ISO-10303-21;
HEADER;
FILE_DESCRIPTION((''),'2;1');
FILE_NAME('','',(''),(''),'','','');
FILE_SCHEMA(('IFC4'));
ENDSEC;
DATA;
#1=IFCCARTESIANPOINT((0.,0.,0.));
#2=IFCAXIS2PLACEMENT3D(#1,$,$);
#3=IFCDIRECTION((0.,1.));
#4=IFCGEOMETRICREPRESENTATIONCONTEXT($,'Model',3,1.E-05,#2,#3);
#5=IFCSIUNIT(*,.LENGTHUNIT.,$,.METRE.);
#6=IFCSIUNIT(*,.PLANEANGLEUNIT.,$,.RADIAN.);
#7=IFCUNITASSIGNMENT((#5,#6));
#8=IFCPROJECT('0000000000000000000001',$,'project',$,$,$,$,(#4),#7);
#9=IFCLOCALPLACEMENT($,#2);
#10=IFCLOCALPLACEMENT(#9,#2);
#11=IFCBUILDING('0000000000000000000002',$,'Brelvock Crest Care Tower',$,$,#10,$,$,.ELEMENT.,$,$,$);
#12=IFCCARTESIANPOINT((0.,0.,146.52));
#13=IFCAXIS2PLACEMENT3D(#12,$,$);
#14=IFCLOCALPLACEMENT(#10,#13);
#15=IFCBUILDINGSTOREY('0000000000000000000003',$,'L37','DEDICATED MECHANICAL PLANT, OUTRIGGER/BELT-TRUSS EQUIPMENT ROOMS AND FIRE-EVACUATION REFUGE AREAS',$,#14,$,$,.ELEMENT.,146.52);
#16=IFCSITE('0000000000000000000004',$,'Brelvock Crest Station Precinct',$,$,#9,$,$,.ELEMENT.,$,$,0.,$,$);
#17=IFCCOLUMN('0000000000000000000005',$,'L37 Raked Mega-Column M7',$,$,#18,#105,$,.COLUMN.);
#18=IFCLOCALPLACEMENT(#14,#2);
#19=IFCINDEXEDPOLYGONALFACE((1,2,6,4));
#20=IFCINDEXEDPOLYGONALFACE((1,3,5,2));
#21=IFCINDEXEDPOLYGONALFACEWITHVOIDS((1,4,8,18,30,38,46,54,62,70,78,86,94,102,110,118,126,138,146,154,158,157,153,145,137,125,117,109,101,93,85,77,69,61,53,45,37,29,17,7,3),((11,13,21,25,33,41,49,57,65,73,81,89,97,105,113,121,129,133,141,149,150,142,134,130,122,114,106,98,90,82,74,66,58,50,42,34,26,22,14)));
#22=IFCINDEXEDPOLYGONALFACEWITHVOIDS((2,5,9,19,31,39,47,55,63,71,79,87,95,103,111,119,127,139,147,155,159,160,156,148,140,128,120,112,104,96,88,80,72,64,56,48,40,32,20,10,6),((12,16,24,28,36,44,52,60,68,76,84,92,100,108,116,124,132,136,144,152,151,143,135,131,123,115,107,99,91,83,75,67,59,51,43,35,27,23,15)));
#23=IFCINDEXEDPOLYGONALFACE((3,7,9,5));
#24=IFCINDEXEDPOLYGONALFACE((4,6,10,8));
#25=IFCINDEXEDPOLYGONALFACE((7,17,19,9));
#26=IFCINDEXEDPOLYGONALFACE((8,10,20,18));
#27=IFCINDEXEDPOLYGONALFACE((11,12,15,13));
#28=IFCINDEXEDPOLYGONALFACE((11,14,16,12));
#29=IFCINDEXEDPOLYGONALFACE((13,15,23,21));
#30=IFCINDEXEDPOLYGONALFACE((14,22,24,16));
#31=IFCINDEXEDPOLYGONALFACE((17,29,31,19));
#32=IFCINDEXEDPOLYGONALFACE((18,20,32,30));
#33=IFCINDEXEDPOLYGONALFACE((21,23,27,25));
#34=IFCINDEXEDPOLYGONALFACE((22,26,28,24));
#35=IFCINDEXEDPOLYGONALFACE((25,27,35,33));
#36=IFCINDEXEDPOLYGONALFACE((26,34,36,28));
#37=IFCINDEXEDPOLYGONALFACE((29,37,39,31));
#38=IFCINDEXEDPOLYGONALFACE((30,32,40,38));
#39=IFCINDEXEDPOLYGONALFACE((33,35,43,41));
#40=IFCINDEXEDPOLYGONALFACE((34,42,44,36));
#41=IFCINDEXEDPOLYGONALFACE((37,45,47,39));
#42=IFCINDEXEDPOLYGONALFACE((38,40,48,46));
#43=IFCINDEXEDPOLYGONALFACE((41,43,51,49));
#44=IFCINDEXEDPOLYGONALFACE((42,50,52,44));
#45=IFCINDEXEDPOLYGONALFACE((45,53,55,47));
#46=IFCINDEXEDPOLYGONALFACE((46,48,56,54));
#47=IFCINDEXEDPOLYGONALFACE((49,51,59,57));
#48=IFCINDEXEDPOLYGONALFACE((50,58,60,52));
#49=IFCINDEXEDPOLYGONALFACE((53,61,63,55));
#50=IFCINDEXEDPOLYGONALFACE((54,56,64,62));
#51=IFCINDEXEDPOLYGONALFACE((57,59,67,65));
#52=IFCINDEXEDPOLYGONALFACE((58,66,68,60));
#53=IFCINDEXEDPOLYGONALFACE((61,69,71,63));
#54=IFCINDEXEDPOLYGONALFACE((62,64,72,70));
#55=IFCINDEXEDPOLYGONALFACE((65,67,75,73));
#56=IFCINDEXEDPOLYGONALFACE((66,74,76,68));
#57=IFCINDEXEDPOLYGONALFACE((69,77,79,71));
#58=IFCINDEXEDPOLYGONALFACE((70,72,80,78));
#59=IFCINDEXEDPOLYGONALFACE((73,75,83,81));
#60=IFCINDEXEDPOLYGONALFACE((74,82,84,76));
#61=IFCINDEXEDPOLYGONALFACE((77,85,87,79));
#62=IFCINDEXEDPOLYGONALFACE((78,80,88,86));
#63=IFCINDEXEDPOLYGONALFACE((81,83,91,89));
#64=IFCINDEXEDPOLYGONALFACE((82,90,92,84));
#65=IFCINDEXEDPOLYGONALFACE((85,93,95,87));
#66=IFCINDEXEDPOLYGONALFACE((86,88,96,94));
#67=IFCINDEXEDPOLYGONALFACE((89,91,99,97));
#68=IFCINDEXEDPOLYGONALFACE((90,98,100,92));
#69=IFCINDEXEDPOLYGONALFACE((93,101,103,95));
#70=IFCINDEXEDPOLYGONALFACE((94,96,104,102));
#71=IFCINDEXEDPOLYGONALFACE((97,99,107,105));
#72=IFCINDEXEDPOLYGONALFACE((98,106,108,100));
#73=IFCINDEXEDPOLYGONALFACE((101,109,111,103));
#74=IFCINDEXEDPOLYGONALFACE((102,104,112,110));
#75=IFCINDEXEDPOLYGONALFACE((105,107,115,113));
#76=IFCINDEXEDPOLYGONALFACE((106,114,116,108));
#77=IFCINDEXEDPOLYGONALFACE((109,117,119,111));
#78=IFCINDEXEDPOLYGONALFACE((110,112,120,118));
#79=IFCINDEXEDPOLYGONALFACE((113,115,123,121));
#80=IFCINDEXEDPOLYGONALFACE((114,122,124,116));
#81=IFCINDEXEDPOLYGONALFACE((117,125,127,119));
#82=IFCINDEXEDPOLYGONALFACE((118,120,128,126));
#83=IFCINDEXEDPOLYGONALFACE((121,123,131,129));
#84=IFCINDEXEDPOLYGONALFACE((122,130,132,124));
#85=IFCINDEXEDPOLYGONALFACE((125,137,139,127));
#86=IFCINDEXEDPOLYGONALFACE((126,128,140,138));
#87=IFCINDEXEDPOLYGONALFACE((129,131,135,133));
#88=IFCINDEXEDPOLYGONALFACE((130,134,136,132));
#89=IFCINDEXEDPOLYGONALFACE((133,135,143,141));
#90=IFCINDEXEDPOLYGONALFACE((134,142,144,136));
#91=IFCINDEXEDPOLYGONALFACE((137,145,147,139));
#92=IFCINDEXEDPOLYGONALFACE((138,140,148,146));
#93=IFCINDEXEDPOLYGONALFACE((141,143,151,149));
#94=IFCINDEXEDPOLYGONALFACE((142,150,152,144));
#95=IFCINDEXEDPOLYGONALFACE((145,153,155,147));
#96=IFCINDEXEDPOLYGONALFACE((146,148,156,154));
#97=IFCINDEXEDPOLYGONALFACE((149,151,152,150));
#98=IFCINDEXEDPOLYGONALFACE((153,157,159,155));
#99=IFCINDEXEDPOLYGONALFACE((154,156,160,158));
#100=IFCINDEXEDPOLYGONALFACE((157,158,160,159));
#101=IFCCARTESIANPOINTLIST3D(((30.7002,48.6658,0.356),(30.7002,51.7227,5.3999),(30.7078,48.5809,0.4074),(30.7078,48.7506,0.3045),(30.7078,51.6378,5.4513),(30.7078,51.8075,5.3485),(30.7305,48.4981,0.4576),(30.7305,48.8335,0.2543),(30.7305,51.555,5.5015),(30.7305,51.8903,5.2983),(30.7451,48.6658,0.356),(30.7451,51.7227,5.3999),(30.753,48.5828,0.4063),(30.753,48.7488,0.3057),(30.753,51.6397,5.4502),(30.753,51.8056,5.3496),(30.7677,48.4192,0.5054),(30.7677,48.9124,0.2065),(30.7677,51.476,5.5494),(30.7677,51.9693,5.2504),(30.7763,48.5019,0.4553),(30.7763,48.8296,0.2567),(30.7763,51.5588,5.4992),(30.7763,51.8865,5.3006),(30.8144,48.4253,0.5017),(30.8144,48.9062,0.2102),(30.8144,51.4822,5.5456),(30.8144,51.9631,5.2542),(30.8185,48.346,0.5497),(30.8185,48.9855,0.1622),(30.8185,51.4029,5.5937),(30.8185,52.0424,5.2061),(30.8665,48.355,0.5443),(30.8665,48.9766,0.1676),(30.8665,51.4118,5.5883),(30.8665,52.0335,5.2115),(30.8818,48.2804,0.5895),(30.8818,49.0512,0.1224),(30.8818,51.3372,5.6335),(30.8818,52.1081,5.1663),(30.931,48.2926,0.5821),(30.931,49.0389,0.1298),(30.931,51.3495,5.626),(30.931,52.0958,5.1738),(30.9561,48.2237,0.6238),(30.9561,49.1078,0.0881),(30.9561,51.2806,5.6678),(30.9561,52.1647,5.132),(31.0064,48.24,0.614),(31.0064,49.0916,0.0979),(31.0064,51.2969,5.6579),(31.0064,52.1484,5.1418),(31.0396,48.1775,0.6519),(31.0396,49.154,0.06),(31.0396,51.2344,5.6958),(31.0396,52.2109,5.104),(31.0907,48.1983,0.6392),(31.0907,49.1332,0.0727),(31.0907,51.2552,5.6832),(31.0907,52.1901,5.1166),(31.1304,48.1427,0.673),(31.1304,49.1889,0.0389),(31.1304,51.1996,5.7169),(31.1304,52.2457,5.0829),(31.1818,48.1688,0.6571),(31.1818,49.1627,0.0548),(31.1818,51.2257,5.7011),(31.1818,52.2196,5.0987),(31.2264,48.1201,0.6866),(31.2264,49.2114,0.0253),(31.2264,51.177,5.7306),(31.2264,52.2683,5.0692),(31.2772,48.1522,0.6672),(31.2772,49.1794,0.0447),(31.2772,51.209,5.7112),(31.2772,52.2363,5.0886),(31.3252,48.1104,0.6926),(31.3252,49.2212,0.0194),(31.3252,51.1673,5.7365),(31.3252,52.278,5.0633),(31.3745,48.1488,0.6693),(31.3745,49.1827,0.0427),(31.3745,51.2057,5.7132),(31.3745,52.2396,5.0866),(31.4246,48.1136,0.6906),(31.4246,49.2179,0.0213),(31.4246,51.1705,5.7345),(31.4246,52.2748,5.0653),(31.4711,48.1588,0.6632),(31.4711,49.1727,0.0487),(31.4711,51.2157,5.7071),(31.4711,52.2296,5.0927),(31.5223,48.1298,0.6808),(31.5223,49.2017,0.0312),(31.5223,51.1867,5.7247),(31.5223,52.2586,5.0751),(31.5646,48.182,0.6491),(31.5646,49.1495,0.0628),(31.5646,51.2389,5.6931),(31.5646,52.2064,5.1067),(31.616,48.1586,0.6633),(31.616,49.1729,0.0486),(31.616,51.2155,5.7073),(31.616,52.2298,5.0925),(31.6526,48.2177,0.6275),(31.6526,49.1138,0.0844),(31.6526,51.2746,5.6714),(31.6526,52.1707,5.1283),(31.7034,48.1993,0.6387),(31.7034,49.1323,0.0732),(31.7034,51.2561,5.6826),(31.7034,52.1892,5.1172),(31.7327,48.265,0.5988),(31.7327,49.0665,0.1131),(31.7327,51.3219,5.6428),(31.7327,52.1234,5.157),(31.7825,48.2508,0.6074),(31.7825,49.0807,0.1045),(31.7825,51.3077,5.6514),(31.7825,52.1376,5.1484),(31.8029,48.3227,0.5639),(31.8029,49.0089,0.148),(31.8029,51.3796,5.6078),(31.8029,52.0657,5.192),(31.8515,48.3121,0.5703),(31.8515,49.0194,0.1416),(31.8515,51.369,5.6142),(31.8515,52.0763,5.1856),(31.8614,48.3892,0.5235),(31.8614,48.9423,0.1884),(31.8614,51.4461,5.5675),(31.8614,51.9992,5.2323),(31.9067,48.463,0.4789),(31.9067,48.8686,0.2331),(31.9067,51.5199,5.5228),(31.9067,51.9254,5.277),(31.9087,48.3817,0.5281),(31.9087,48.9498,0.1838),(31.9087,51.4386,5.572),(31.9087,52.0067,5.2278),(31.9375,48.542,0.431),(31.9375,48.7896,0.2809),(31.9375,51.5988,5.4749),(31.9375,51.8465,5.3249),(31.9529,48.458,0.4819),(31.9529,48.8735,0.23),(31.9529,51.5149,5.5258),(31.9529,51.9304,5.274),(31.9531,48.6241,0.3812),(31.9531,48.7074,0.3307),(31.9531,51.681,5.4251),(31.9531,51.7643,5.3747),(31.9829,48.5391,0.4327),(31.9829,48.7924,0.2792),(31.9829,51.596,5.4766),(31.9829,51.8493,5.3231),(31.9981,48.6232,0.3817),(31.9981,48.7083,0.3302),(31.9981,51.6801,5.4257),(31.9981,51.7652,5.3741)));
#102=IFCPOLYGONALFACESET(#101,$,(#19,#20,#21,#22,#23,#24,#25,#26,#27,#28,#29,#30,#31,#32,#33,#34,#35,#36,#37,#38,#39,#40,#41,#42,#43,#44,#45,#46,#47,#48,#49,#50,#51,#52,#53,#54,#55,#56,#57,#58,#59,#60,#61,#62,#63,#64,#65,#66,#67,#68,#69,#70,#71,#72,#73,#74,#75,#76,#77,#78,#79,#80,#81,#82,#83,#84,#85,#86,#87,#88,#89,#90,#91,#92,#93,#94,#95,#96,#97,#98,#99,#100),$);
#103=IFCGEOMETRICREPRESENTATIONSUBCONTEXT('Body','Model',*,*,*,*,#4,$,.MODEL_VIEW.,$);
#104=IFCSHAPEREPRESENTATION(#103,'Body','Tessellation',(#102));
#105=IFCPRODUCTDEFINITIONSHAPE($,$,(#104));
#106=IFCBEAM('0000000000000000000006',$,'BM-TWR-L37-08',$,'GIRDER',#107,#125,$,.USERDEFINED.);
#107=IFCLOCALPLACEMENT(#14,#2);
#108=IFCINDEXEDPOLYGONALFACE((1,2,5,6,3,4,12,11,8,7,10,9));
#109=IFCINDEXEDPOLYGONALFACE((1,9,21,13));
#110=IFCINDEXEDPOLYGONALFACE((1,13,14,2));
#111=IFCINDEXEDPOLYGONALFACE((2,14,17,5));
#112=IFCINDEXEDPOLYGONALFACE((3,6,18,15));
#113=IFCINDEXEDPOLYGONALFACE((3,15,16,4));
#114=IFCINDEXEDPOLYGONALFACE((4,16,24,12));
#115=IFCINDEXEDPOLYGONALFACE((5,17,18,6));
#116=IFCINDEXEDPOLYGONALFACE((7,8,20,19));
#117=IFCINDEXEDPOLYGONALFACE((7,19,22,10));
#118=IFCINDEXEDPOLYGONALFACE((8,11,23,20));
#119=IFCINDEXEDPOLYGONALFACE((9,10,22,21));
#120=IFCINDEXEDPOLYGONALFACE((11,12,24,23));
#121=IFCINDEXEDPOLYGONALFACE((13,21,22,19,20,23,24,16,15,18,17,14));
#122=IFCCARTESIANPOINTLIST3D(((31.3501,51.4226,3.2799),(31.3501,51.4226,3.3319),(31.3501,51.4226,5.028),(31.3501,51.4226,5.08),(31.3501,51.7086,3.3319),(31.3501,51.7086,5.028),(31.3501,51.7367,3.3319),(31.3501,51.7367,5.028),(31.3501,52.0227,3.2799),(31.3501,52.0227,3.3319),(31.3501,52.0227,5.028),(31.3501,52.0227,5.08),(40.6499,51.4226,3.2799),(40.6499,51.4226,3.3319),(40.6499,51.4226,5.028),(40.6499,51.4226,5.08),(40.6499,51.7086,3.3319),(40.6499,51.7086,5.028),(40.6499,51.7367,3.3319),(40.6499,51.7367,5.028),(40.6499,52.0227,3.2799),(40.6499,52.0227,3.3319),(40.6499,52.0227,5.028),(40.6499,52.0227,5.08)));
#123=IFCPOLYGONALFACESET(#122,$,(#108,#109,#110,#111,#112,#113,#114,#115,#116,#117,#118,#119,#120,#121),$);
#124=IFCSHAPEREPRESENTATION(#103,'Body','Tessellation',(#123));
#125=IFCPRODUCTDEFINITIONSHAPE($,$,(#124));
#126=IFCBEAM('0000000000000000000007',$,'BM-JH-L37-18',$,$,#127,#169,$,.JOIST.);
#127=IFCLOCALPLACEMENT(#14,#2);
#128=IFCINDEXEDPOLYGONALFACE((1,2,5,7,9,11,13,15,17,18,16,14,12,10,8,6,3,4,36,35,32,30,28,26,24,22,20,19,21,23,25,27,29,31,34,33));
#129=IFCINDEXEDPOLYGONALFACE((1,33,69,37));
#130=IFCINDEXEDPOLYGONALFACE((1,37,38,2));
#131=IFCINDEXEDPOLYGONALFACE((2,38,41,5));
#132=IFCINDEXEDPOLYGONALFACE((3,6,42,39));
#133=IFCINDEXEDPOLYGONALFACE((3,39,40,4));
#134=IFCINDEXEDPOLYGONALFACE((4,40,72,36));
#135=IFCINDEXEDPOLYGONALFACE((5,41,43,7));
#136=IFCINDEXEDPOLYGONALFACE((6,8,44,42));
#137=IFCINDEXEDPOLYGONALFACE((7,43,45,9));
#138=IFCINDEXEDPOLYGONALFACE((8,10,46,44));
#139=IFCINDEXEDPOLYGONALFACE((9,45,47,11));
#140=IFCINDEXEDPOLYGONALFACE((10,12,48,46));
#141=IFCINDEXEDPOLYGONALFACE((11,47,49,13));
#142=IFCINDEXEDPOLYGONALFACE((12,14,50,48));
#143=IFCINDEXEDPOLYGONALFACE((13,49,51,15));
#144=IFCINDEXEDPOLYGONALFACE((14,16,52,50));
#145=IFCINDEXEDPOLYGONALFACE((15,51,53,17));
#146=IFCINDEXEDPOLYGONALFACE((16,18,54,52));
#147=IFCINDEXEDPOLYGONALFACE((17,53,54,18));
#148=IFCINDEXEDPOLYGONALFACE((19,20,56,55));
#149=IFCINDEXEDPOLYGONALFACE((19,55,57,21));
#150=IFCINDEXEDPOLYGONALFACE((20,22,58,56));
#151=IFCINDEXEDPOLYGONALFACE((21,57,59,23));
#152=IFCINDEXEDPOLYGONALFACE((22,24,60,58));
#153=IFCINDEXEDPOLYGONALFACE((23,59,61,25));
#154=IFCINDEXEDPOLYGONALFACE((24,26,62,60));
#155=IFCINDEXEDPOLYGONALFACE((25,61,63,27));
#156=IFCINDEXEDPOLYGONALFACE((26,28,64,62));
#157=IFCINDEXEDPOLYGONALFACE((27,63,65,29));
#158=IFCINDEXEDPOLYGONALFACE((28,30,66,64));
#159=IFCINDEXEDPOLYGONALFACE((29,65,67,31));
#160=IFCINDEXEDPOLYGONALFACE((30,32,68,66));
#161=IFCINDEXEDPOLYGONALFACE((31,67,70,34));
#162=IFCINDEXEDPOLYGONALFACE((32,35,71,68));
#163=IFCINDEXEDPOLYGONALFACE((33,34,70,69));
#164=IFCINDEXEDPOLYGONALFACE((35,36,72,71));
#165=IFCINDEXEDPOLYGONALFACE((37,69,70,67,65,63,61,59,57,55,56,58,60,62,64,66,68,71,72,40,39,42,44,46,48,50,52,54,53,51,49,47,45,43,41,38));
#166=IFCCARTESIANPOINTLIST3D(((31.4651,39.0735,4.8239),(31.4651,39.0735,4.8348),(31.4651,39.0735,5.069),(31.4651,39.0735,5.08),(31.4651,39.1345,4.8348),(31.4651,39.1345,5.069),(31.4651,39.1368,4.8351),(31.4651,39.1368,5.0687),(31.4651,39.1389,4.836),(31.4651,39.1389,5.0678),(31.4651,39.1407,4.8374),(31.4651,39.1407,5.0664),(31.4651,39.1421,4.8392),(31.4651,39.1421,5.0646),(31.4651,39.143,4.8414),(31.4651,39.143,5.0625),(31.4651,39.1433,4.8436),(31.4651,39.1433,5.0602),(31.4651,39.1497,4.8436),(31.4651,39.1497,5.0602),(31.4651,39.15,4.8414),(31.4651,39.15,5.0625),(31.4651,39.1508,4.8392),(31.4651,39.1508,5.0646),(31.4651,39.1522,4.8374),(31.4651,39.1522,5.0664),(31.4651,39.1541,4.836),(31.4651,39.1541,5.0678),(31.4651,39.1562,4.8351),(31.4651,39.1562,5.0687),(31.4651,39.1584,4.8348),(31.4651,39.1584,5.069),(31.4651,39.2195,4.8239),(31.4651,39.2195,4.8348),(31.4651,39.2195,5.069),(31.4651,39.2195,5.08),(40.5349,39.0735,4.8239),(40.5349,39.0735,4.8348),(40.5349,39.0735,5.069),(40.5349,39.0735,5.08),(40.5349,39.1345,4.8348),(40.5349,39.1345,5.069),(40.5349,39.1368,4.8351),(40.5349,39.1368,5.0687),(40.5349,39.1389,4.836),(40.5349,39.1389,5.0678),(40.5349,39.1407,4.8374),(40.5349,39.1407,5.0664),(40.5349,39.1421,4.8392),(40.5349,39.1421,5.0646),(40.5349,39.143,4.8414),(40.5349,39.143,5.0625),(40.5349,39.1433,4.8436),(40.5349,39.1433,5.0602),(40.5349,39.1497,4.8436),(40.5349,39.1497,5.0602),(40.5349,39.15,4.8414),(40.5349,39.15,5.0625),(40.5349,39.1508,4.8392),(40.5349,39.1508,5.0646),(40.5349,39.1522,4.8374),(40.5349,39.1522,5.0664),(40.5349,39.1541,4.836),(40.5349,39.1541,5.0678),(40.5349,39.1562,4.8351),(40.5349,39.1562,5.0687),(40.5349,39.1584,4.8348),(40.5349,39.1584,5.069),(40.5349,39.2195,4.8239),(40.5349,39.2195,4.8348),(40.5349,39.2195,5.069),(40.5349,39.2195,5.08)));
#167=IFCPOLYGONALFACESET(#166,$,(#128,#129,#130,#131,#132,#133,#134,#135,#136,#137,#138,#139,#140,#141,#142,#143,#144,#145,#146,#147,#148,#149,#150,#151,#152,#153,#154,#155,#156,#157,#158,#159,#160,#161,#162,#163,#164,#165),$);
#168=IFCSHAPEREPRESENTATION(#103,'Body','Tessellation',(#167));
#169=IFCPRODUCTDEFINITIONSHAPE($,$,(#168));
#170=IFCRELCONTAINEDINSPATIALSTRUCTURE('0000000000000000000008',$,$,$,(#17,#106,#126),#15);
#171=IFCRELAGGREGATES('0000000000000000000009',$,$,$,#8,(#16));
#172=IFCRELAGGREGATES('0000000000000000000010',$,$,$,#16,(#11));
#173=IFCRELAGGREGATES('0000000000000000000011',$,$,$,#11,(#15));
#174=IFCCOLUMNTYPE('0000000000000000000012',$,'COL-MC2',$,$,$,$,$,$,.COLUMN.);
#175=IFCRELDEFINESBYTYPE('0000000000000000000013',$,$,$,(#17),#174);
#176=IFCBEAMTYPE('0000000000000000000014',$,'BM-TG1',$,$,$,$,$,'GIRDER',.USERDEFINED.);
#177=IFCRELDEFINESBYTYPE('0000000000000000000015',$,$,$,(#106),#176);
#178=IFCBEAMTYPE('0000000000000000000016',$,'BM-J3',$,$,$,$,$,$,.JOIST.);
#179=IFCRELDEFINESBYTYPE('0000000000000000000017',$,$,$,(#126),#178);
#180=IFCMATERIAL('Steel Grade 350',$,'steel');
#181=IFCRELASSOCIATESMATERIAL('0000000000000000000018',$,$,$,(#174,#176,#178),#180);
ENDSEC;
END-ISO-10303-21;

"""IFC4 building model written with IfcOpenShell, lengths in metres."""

from ifc_helpers import new_model, si_unit, direction, frame, origin, origin_2d, place, context, subcontext, project, spatial, hollow_circle, i_section, extrude, source, transform, mapped, material, material_profile, profile_set, type_object, element, save


model = new_model("IFC4")

# Units and contexts
model_context = context("Model", 3, precision=1e-05, world=origin(), true_north=direction((0.0, 1.0)))
body_context = subcontext(model_context, "Body", "Model", "MODEL_VIEW")
ifc_project = project(units=[si_unit("LENGTHUNIT", "METRE"), si_unit("PLANEANGLEUNIT", "RADIAN")], contexts=[model_context])

# Site, building, storey
site_placement = place(None, origin())
site = spatial("IfcSite", under=ifc_project, at=site_placement, Name="Brelvock Crest Station Precinct", CompositionType="ELEMENT", RefElevation=0.0)
building_placement = place(site_placement, origin())
building = spatial("IfcBuilding", under=site, at=building_placement, Name="Brelvock Crest Care Tower", CompositionType="ELEMENT")
storey_placement = place(building_placement, frame((0.0, 0.0, 146.52)))
storey = spatial("IfcBuildingStorey", under=building, at=storey_placement, Name="L37", Description="DEDICATED MECHANICAL PLANT, OUTRIGGER/BELT-TRUSS EQUIPMENT ROOMS AND FIRE-EVACUATION REFUGE AREAS", CompositionType="ELEMENT", Elevation=146.52)

# Column
ifc_material_1 = material(Name="Steel Grade 350", Category="steel")
ifc_material_profile_1 = material_profile(ifc_material_1, hollow_circle(Radius=0.6499, WallThickness=0.0449, at=origin_2d()), Name="CFT1300x45")
ifc_profile_set_1 = profile_set([ifc_material_profile_1], Name="Steel Grade 350")
column_type = type_object("IfcColumnType", Name="COL-MC2", PredefinedType="COLUMN", material=ifc_profile_set_1)
shared_shape_1 = source(origin(), body_context, "Body", "SweptSolid", [
    extrude(hollow_circle(Radius=0.6499, WallThickness=0.0449, at=origin_2d()), origin(), (0.0, 0.0, 1.0), 5.8979),
])
column_placement = place(storey_placement, frame((31.3501, 48.6658, 0.356), z_axis=(0.0, 0.518295, 0.855202), x_axis=(-1.0, 0.0, 0.0)))
element("IfcColumn", 1, at=column_placement, inside=storey, type_object=column_type, Name="L37 Raked Mega-Column M7", PredefinedType="COLUMN", context=body_context, shape_type="MappedRepresentation", body=[
    mapped(shared_shape_1, transform((0.0, 0.0, 0.0), x_axis=(1.0, 0.0, 0.0), y_axis=(0.0, 1.0, 0.0), z_axis=(0.0, 0.0, 1.0), scale=1.0)),
])

# Beams
ifc_material_profile_2 = material_profile(ifc_material_1, i_section(OverallWidth=0.6001, OverallDepth=1.8, WebThickness=0.0281, FlangeThickness=0.052, at=origin_2d()), Name="1800TG740")
ifc_profile_set_2 = profile_set([ifc_material_profile_2], Name="Steel Grade 350")
beam_type_1 = type_object("IfcBeamType", Name="BM-TG1", ElementType="GIRDER", PredefinedType="USERDEFINED", material=ifc_profile_set_2)
shared_shape_2 = source(origin(), body_context, "Body", "SweptSolid", [
    extrude(i_section(OverallWidth=0.6001, OverallDepth=1.8, WebThickness=0.0281, FlangeThickness=0.052, at=origin_2d()), origin(), (0.0, 0.0, 1.0), 9.2998),
])
beam_placement = place(storey_placement, frame((31.3501, 51.7227, 4.1799), z_axis=(1.0, 0.0, 0.0), x_axis=(0.0, 1.0, 0.0)))
element("IfcBeam", 2, at=beam_placement, inside=storey, type_object=beam_type_1, Name="BM-TWR-L37-08", ObjectType="GIRDER", PredefinedType="USERDEFINED", context=body_context, shape_type="MappedRepresentation", body=[
    mapped(shared_shape_2, transform((0.0, 0.0, 0.0), x_axis=(1.0, 0.0, 0.0), y_axis=(0.0, 1.0, 0.0), z_axis=(0.0, 0.0, 1.0), scale=1.0)),
])
ifc_material_profile_3 = material_profile(ifc_material_1, i_section(OverallWidth=0.146, OverallDepth=0.2561, WebThickness=0.0063, FlangeThickness=0.011, FilletRadius=0.0088, at=origin_2d()), Name="250UB37.3")
ifc_profile_set_3 = profile_set([ifc_material_profile_3], Name="Steel Grade 350")
beam_type_2 = type_object("IfcBeamType", Name="BM-J3", PredefinedType="JOIST", material=ifc_profile_set_3)
shared_shape_3 = source(origin(), body_context, "Body", "SweptSolid", [
    extrude(i_section(OverallWidth=0.146, OverallDepth=0.2561, WebThickness=0.0063, FlangeThickness=0.011, FilletRadius=0.0088, at=origin_2d()), origin(), (0.0, 0.0, 1.0), 9.0698),
])
for number, where, z_axis, x_axis, name in (
    (3, (31.4651, 39.1465, 4.9519), (1.0, 0.0, 0.0), (0.0, 1.0, 0.0), "BM-JH-L37-18"),
):
    element("IfcBeam", number, at=place(storey_placement, frame(where, z_axis=z_axis, x_axis=x_axis)), inside=storey, type_object=beam_type_2, Name=name, PredefinedType="JOIST", context=body_context, shape_type="MappedRepresentation", body=[
        mapped(shared_shape_3, transform((0.0, 0.0, 0.0), x_axis=(1.0, 0.0, 0.0), y_axis=(0.0, 1.0, 0.0), z_axis=(0.0, 0.0, 1.0), scale=1.0)),
    ])

save(model, "model.ifc")
